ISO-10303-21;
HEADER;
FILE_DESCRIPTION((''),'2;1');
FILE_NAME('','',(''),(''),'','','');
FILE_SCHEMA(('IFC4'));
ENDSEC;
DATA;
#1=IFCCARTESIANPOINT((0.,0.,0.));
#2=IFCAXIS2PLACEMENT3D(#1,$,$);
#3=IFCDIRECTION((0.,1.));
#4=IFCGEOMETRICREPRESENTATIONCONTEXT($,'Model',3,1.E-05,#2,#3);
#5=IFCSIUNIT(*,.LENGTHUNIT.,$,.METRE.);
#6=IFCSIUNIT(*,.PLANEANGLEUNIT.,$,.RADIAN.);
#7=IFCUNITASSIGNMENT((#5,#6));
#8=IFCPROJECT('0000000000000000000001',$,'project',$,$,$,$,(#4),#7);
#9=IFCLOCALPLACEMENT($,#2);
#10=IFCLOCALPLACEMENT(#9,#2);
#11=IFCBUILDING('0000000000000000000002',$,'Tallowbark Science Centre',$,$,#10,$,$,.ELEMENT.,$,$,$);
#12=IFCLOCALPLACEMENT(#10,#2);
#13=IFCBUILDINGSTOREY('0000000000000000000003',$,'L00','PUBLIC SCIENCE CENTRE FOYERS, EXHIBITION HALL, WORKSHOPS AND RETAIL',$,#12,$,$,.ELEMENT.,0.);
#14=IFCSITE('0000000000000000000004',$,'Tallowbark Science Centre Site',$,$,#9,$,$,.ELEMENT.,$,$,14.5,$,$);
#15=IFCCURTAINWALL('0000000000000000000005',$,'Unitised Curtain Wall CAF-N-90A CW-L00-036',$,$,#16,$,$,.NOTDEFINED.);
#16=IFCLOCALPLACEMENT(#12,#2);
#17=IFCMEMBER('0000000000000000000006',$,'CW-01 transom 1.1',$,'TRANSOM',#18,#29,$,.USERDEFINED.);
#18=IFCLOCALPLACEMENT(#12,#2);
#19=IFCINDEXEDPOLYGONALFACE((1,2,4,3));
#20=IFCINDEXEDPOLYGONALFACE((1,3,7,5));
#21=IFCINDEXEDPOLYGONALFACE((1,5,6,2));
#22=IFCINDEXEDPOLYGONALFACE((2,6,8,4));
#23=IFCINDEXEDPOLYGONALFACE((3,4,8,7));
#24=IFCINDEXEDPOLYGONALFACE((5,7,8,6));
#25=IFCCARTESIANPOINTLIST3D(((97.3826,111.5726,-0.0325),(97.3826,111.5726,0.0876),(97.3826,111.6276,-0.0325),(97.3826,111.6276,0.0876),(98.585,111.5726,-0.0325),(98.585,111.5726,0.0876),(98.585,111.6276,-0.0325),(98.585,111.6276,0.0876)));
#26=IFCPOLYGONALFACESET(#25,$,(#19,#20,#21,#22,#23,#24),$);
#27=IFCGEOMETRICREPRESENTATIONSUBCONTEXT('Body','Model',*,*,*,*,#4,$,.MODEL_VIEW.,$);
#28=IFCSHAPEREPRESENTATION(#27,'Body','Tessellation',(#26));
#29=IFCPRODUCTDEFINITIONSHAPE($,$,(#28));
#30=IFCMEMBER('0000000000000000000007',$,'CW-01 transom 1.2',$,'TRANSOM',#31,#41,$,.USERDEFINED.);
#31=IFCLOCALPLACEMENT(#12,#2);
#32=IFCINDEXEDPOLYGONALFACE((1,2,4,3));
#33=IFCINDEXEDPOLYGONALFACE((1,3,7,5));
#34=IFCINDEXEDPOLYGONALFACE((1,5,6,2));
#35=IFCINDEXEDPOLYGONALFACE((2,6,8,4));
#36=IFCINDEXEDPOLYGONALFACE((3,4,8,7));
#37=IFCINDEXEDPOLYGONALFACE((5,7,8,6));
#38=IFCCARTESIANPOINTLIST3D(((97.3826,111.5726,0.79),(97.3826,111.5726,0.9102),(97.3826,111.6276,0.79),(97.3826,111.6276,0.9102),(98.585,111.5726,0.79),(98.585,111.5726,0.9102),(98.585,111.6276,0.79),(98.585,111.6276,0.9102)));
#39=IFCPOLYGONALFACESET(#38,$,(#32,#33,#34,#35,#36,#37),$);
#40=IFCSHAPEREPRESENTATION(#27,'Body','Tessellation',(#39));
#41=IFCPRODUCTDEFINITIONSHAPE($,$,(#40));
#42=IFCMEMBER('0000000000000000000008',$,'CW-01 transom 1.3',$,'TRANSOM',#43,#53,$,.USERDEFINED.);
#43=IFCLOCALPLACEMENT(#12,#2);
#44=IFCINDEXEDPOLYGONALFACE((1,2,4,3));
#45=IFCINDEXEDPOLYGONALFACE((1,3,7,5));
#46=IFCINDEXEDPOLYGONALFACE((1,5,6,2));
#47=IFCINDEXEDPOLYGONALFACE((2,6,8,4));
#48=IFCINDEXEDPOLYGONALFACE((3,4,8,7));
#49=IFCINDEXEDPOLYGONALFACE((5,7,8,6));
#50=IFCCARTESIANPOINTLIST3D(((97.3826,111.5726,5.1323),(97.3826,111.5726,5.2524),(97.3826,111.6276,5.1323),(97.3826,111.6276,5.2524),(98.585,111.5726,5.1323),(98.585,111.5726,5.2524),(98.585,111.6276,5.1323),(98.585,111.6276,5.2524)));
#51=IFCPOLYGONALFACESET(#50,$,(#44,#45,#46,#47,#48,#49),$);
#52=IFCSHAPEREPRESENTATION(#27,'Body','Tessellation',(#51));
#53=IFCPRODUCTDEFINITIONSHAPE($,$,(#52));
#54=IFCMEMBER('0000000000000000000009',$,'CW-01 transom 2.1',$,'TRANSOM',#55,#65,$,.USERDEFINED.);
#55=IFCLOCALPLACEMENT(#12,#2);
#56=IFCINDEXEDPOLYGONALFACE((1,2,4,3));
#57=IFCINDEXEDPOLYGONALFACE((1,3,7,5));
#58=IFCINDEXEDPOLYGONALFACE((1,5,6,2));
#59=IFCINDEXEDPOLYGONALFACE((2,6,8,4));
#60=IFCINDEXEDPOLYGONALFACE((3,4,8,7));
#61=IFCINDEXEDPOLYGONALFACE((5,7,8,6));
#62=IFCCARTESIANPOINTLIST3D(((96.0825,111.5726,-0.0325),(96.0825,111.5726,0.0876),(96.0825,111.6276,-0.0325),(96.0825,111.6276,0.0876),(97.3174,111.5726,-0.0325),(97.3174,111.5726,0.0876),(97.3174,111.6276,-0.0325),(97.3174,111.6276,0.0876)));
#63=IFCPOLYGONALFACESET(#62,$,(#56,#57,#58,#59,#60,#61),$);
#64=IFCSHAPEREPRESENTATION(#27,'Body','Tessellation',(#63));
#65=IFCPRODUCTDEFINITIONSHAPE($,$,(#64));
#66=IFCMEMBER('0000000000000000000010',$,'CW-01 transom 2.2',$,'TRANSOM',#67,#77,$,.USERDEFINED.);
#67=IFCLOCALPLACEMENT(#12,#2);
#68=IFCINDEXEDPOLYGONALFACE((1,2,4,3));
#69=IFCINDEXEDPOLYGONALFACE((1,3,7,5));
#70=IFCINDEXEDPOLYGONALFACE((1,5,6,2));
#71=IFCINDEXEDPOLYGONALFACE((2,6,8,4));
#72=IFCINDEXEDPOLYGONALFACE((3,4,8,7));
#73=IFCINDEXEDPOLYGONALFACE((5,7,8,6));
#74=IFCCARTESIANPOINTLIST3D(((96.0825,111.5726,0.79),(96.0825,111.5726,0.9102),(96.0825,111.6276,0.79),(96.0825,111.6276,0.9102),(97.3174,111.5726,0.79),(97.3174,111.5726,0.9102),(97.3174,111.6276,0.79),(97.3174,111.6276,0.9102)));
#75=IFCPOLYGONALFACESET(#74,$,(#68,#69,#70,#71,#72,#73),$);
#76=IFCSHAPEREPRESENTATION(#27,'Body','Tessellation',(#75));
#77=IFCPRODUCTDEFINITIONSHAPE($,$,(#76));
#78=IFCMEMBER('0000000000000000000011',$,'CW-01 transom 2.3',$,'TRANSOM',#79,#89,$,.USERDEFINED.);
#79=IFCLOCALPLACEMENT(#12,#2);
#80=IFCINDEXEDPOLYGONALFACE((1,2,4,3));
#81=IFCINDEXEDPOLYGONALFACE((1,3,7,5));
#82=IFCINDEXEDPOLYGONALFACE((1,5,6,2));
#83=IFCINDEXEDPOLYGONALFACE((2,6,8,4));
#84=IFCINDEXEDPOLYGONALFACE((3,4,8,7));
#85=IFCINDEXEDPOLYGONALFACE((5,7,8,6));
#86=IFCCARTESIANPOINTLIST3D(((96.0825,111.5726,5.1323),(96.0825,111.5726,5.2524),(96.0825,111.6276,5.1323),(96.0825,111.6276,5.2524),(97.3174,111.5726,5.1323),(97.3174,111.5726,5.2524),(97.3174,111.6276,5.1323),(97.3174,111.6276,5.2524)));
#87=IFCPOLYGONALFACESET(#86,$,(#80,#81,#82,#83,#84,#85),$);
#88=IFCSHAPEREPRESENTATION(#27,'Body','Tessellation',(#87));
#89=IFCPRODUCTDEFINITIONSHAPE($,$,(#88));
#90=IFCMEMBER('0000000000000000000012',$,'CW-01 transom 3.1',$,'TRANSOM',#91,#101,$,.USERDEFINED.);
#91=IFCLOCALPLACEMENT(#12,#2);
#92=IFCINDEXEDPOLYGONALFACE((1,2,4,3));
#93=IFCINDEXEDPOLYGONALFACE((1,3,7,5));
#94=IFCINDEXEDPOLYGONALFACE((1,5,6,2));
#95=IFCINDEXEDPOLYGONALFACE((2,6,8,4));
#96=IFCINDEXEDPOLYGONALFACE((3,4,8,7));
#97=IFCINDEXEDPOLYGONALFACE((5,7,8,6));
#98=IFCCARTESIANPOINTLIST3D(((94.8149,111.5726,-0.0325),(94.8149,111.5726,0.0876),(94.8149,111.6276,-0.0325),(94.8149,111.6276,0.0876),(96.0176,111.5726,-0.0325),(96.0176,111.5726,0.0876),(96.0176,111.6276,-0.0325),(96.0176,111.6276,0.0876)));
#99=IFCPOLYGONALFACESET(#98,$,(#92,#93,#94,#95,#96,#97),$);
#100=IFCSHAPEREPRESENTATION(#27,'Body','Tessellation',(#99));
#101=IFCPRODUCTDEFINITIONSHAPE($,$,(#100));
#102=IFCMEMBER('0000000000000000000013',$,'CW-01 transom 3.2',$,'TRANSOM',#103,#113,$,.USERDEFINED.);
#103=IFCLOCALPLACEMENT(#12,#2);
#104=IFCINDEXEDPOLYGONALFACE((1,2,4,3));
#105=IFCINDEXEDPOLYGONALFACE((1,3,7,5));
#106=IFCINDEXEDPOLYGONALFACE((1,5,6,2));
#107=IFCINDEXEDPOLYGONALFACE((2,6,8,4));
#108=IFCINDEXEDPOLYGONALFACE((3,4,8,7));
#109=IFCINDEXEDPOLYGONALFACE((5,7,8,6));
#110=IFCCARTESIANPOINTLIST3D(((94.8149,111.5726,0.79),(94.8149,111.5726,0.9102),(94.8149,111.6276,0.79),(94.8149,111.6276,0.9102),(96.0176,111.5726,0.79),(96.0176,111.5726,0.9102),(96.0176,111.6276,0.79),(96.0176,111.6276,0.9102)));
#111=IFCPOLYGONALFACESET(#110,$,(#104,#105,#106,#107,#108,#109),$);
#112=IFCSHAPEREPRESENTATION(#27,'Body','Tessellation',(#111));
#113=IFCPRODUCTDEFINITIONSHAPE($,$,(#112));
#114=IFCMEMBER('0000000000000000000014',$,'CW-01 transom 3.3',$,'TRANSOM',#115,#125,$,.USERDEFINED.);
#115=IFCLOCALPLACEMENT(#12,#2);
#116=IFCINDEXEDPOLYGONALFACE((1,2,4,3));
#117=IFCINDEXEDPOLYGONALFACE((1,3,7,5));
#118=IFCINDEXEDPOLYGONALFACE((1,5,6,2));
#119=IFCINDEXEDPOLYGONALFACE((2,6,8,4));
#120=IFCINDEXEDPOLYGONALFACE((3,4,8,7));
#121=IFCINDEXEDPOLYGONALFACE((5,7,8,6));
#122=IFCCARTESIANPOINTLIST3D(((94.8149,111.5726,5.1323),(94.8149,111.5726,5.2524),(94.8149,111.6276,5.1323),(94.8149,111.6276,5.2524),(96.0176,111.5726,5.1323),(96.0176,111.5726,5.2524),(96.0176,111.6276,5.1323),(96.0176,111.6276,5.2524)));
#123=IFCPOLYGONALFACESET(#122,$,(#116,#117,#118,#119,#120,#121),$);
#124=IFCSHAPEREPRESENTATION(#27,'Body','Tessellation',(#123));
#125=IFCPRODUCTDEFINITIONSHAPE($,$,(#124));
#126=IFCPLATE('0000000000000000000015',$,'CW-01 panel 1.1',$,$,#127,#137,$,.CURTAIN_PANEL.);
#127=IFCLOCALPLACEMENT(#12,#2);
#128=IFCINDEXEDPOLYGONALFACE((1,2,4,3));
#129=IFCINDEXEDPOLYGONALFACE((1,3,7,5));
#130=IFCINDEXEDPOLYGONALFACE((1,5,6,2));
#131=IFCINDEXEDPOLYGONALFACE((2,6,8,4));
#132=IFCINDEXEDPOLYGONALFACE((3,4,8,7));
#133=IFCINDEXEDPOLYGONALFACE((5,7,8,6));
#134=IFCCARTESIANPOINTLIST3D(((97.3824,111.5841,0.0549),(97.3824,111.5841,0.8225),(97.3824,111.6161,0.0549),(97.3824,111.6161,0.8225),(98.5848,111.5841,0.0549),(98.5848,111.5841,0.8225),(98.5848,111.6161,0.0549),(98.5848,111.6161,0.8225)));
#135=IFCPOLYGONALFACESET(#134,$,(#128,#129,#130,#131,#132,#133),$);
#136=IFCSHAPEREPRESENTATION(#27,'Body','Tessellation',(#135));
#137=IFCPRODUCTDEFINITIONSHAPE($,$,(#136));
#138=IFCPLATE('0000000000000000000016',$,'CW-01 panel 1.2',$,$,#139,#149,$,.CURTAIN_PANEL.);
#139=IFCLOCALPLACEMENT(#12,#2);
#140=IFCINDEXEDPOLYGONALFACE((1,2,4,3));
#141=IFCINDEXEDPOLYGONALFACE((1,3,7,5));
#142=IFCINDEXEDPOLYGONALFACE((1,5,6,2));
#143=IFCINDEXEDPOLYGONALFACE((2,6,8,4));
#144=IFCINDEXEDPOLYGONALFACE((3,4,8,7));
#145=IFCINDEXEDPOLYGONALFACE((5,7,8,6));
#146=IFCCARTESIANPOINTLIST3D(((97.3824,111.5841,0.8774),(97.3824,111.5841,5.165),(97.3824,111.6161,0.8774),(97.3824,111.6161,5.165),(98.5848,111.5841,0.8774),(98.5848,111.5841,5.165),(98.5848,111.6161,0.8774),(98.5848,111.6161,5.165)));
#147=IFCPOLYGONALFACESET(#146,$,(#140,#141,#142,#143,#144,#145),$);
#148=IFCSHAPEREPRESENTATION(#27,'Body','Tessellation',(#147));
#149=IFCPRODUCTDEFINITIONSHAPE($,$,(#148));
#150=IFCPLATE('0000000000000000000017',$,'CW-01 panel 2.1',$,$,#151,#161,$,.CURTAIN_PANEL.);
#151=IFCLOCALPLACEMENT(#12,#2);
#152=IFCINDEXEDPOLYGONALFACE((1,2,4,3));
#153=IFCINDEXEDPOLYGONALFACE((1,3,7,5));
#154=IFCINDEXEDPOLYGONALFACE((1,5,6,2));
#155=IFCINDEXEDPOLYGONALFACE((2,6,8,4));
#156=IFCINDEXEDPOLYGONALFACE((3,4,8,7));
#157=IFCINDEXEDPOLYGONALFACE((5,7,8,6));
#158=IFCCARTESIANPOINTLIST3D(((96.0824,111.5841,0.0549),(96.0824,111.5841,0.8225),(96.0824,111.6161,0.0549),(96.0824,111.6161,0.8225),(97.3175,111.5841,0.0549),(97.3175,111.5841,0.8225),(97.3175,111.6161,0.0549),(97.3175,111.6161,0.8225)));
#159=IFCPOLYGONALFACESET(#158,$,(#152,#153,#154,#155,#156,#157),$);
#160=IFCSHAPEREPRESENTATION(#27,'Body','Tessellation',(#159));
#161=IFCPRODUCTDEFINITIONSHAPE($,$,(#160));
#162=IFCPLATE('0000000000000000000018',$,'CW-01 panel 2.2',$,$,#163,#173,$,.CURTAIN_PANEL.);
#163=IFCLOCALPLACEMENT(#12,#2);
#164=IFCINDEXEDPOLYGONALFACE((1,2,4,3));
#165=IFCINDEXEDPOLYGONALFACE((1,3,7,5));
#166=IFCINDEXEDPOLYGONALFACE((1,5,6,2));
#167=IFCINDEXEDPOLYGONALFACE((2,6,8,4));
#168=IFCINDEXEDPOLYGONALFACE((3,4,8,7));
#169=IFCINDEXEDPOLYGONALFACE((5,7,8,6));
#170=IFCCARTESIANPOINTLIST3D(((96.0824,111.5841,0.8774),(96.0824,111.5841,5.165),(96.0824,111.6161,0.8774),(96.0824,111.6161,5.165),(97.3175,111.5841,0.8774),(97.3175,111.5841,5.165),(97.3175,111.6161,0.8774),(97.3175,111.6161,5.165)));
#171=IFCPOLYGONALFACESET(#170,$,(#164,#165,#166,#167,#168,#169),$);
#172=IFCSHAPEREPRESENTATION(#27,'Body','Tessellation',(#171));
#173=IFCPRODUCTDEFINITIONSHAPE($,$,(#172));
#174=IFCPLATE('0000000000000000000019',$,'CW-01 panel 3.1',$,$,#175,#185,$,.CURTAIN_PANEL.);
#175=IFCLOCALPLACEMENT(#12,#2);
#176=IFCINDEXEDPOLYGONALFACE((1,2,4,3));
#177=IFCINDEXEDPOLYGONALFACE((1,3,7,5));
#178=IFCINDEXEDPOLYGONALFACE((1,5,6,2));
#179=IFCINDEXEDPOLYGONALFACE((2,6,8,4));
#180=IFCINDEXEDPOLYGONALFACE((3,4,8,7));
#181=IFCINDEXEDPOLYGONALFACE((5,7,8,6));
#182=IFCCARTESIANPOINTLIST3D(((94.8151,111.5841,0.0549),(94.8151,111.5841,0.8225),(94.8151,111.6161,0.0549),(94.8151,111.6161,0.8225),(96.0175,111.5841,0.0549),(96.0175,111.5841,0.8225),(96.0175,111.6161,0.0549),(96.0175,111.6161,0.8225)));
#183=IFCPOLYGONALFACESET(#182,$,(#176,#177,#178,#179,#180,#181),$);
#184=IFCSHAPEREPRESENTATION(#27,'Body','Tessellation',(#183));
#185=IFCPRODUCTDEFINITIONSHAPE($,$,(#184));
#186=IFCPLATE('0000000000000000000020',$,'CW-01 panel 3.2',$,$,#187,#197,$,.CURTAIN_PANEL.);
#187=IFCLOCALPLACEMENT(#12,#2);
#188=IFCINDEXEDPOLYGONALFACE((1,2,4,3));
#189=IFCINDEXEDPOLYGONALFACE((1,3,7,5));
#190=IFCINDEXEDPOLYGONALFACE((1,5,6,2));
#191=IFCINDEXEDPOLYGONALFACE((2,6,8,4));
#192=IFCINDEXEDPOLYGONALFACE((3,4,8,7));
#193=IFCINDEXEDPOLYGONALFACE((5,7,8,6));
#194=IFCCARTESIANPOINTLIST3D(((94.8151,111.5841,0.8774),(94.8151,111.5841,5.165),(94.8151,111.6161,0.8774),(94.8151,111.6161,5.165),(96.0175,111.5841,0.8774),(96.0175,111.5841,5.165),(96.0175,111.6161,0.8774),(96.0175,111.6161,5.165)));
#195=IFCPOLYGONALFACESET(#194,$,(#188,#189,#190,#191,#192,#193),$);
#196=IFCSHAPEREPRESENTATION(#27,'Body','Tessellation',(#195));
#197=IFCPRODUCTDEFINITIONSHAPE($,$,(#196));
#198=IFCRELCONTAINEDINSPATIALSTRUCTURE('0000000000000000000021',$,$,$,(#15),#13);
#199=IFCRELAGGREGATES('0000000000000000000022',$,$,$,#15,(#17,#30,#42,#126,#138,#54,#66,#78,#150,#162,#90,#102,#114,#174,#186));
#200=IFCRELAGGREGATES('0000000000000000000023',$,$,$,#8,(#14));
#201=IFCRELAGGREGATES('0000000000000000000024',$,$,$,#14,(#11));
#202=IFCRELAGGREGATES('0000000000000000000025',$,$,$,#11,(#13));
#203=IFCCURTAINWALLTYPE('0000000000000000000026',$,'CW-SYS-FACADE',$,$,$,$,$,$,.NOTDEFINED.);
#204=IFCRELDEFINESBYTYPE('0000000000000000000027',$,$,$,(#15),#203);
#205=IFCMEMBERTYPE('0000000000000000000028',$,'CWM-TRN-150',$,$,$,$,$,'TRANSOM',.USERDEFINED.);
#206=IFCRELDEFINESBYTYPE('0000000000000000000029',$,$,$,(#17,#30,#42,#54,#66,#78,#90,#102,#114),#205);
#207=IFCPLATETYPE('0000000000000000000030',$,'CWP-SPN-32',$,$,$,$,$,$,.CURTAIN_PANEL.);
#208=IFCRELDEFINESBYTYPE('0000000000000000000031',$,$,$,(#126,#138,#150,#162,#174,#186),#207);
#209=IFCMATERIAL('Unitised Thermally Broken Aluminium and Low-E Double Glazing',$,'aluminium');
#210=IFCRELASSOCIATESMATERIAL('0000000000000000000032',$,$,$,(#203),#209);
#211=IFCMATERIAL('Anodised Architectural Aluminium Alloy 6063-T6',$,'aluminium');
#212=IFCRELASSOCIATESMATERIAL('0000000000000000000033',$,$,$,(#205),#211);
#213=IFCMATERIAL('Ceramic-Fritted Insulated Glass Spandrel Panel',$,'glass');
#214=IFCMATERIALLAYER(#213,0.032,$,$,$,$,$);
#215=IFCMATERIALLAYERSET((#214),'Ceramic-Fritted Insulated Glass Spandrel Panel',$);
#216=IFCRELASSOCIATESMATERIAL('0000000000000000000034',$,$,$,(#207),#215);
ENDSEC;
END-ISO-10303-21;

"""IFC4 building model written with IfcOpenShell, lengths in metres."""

from ifc_helpers import new_model, si_unit, direction, frame, origin, origin_2d, place, context, subcontext, project, spatial, rectangle, extrude, material, layer, layer_set, material_profile, profile_set, type_object, element, aggregate, save


model = new_model("IFC4")

# Units and contexts
model_context = context("Model", 3, precision=1e-05, world=origin(), true_north=direction((0.0, 1.0)))
body_context = subcontext(model_context, "Body", "Model", "MODEL_VIEW")
ifc_project = project(units=[si_unit("LENGTHUNIT", "METRE"), si_unit("PLANEANGLEUNIT", "RADIAN")], contexts=[model_context])

# Site, building, storey
site_placement = place(None, origin())
site = spatial("IfcSite", under=ifc_project, at=site_placement, Name="Tallowbark Science Centre Site", CompositionType="ELEMENT", RefElevation=14.5)
building_placement = place(site_placement, origin())
building = spatial("IfcBuilding", under=site, at=building_placement, Name="Tallowbark Science Centre", CompositionType="ELEMENT")
storey_placement = place(building_placement, origin())
storey = spatial("IfcBuildingStorey", under=building, at=storey_placement, Name="L00", Description="PUBLIC SCIENCE CENTRE FOYERS, EXHIBITION HALL, WORKSHOPS AND RETAIL", CompositionType="ELEMENT", Elevation=0.0)

# Curtain wall, members, plates
ifc_material_1 = material(Name="Unitised Thermally Broken Aluminium and Low-E Double Glazing", Category="aluminium")
curtain_wall_type = type_object("IfcCurtainWallType", Name="CW-SYS-FACADE", PredefinedType="NOTDEFINED", material=ifc_material_1)
curtain_wall_placement = place(storey_placement, origin())
curtain_wall = element("IfcCurtainWall", 1, at=curtain_wall_placement, inside=storey, type_object=curtain_wall_type, Name="Unitised Curtain Wall CAF-N-90A CW-L00-036", PredefinedType="NOTDEFINED")
ifc_material_2 = material(Name="Anodised Architectural Aluminium Alloy 6063-T6", Category="aluminium")
ifc_material_profile_1 = material_profile(ifc_material_2, rectangle(XDim=0.0549, YDim=0.1201, at=origin_2d()), Name="ALU55x120")
ifc_profile_set_1 = profile_set([ifc_material_profile_1], Name="Anodised Architectural Aluminium Alloy 6063-T6")
member_type_1 = type_object("IfcMemberType", Name="CWM-TRN-150", ElementType="TRANSOM", PredefinedType="USERDEFINED", material=ifc_profile_set_1)
member_1_placement = place(storey_placement, frame((98.585, 111.6001, 0.0276), z_axis=(-1.0, 0.0, 0.0), x_axis=(0.0, -1.0, 0.0)))
member_1 = element("IfcMember", 2, at=member_1_placement, type_object=member_type_1, Name="CW-01 transom 1.1", ObjectType="TRANSOM", PredefinedType="USERDEFINED", context=body_context, shape_type="SweptSolid", body=[
    extrude(rectangle(XDim=0.0549, YDim=0.1201, at=origin_2d()), origin(), (0.0, 0.0, 1.0), 1.2024),
])
member_2_placement = place(storey_placement, frame((98.585, 111.6001, 0.8501), z_axis=(-1.0, 0.0, 0.0), x_axis=(0.0, -1.0, 0.0)))
member_2 = element("IfcMember", 3, at=member_2_placement, type_object=member_type_1, Name="CW-01 transom 1.2", ObjectType="TRANSOM", PredefinedType="USERDEFINED", context=body_context, shape_type="SweptSolid", body=[
    extrude(rectangle(XDim=0.0549, YDim=0.1201, at=origin_2d()), origin(), (0.0, 0.0, 1.0), 1.2024),
])
member_3_placement = place(storey_placement, frame((98.585, 111.6001, 5.1924), z_axis=(-1.0, 0.0, 0.0), x_axis=(0.0, -1.0, 0.0)))
member_3 = element("IfcMember", 4, at=member_3_placement, type_object=member_type_1, Name="CW-01 transom 1.3", ObjectType="TRANSOM", PredefinedType="USERDEFINED", context=body_context, shape_type="SweptSolid", body=[
    extrude(rectangle(XDim=0.0549, YDim=0.1201, at=origin_2d()), origin(), (0.0, 0.0, 1.0), 1.2024),
])
member_4_placement = place(storey_placement, frame((97.3174, 111.6001, 0.0276), z_axis=(-1.0, 0.0, 0.0), x_axis=(0.0, -1.0, 0.0)))
member_4 = element("IfcMember", 5, at=member_4_placement, type_object=member_type_1, Name="CW-01 transom 2.1", ObjectType="TRANSOM", PredefinedType="USERDEFINED", context=body_context, shape_type="SweptSolid", body=[
    extrude(rectangle(XDim=0.0549, YDim=0.1201, at=origin_2d()), origin(), (0.0, 0.0, 1.0), 1.2349),
])
member_5_placement = place(storey_placement, frame((97.3174, 111.6001, 0.8501), z_axis=(-1.0, 0.0, 0.0), x_axis=(0.0, -1.0, 0.0)))
member_5 = element("IfcMember", 6, at=member_5_placement, type_object=member_type_1, Name="CW-01 transom 2.2", ObjectType="TRANSOM", PredefinedType="USERDEFINED", context=body_context, shape_type="SweptSolid", body=[
    extrude(rectangle(XDim=0.0549, YDim=0.1201, at=origin_2d()), origin(), (0.0, 0.0, 1.0), 1.2349),
])
member_6_placement = place(storey_placement, frame((97.3174, 111.6001, 5.1924), z_axis=(-1.0, 0.0, 0.0), x_axis=(0.0, -1.0, 0.0)))
member_6 = element("IfcMember", 7, at=member_6_placement, type_object=member_type_1, Name="CW-01 transom 2.3", ObjectType="TRANSOM", PredefinedType="USERDEFINED", context=body_context, shape_type="SweptSolid", body=[
    extrude(rectangle(XDim=0.0549, YDim=0.1201, at=origin_2d()), origin(), (0.0, 0.0, 1.0), 1.2349),
])
member_7_placement = place(storey_placement, frame((96.0176, 111.6001, 0.0276), z_axis=(-1.0, 0.0, 0.0), x_axis=(0.0, -1.0, 0.0)))
member_7 = element("IfcMember", 8, at=member_7_placement, type_object=member_type_1, Name="CW-01 transom 3.1", ObjectType="TRANSOM", PredefinedType="USERDEFINED", context=body_context, shape_type="SweptSolid", body=[
    extrude(rectangle(XDim=0.0549, YDim=0.1201, at=origin_2d()), origin(), (0.0, 0.0, 1.0), 1.2026),
])
member_8_placement = place(storey_placement, frame((96.0176, 111.6001, 0.8501), z_axis=(-1.0, 0.0, 0.0), x_axis=(0.0, -1.0, 0.0)))
member_8 = element("IfcMember", 9, at=member_8_placement, type_object=member_type_1, Name="CW-01 transom 3.2", ObjectType="TRANSOM", PredefinedType="USERDEFINED", context=body_context, shape_type="SweptSolid", body=[
    extrude(rectangle(XDim=0.0549, YDim=0.1201, at=origin_2d()), origin(), (0.0, 0.0, 1.0), 1.2026),
])
member_9_placement = place(storey_placement, frame((96.0176, 111.6001, 5.1924), z_axis=(-1.0, 0.0, 0.0), x_axis=(0.0, -1.0, 0.0)))
member_9 = element("IfcMember", 10, at=member_9_placement, type_object=member_type_1, Name="CW-01 transom 3.3", ObjectType="TRANSOM", PredefinedType="USERDEFINED", context=body_context, shape_type="SweptSolid", body=[
    extrude(rectangle(XDim=0.0549, YDim=0.1201, at=origin_2d()), origin(), (0.0, 0.0, 1.0), 1.2026),
])
ifc_material_3 = material(Name="Ceramic-Fritted Insulated Glass Spandrel Panel", Category="glass")
ifc_layer_1 = layer(ifc_material_3, 0.032)
ifc_layer_set_1 = layer_set([ifc_layer_1], Name="Ceramic-Fritted Insulated Glass Spandrel Panel")
plate_type = type_object("IfcPlateType", Name="CWP-SPN-32", PredefinedType="CURTAIN_PANEL", material=ifc_layer_set_1)
plate_1_placement = place(storey_placement, frame((97.9836, 111.6001, 0.0549), z_axis=(0.0, 0.0, 1.0), x_axis=(-1.0, 0.0, 0.0)))
plate_1 = element("IfcPlate", 11, at=plate_1_placement, type_object=plate_type, Name="CW-01 panel 1.1", PredefinedType="CURTAIN_PANEL", context=body_context, shape_type="SweptSolid", body=[
    extrude(rectangle(XDim=1.2024, YDim=0.032, at=origin_2d()), origin(), (0.0, 0.0, 1.0), 0.7676),
])
plate_2_placement = place(storey_placement, frame((97.9836, 111.6001, 0.8774), z_axis=(0.0, 0.0, 1.0), x_axis=(-1.0, 0.0, 0.0)))
plate_2 = element("IfcPlate", 12, at=plate_2_placement, type_object=plate_type, Name="CW-01 panel 1.2", PredefinedType="CURTAIN_PANEL", context=body_context, shape_type="SweptSolid", body=[
    extrude(rectangle(XDim=1.2024, YDim=0.032, at=origin_2d()), origin(), (0.0, 0.0, 1.0), 4.2876),
])
plate_3_placement = place(storey_placement, frame((96.7, 111.6001, 0.0549), z_axis=(0.0, 0.0, 1.0), x_axis=(-1.0, 0.0, 0.0)))
plate_3 = element("IfcPlate", 13, at=plate_3_placement, type_object=plate_type, Name="CW-01 panel 2.1", PredefinedType="CURTAIN_PANEL", context=body_context, shape_type="SweptSolid", body=[
    extrude(rectangle(XDim=1.2351, YDim=0.032, at=origin_2d()), origin(), (0.0, 0.0, 1.0), 0.7676),
])
plate_4_placement = place(storey_placement, frame((96.7, 111.6001, 0.8774), z_axis=(0.0, 0.0, 1.0), x_axis=(-1.0, 0.0, 0.0)))
plate_4 = element("IfcPlate", 14, at=plate_4_placement, type_object=plate_type, Name="CW-01 panel 2.2", PredefinedType="CURTAIN_PANEL", context=body_context, shape_type="SweptSolid", body=[
    extrude(rectangle(XDim=1.2351, YDim=0.032, at=origin_2d()), origin(), (0.0, 0.0, 1.0), 4.2876),
])
plate_5_placement = place(storey_placement, frame((95.4163, 111.6001, 0.0549), z_axis=(0.0, 0.0, 1.0), x_axis=(-1.0, 0.0, 0.0)))
plate_5 = element("IfcPlate", 15, at=plate_5_placement, type_object=plate_type, Name="CW-01 panel 3.1", PredefinedType="CURTAIN_PANEL", context=body_context, shape_type="SweptSolid", body=[
    extrude(rectangle(XDim=1.2024, YDim=0.032, at=origin_2d()), origin(), (0.0, 0.0, 1.0), 0.7676),
])
plate_6_placement = place(storey_placement, frame((95.4163, 111.6001, 0.8774), z_axis=(0.0, 0.0, 1.0), x_axis=(-1.0, 0.0, 0.0)))
plate_6 = element("IfcPlate", 16, at=plate_6_placement, type_object=plate_type, Name="CW-01 panel 3.2", PredefinedType="CURTAIN_PANEL", context=body_context, shape_type="SweptSolid", body=[
    extrude(rectangle(XDim=1.2024, YDim=0.032, at=origin_2d()), origin(), (0.0, 0.0, 1.0), 4.2876),
])
aggregate(curtain_wall, [member_1, member_2, member_3, plate_1, plate_2, member_4, member_5, member_6, plate_3, plate_4, member_7, member_8, member_9, plate_5, plate_6])

save(model, "model.ifc")
